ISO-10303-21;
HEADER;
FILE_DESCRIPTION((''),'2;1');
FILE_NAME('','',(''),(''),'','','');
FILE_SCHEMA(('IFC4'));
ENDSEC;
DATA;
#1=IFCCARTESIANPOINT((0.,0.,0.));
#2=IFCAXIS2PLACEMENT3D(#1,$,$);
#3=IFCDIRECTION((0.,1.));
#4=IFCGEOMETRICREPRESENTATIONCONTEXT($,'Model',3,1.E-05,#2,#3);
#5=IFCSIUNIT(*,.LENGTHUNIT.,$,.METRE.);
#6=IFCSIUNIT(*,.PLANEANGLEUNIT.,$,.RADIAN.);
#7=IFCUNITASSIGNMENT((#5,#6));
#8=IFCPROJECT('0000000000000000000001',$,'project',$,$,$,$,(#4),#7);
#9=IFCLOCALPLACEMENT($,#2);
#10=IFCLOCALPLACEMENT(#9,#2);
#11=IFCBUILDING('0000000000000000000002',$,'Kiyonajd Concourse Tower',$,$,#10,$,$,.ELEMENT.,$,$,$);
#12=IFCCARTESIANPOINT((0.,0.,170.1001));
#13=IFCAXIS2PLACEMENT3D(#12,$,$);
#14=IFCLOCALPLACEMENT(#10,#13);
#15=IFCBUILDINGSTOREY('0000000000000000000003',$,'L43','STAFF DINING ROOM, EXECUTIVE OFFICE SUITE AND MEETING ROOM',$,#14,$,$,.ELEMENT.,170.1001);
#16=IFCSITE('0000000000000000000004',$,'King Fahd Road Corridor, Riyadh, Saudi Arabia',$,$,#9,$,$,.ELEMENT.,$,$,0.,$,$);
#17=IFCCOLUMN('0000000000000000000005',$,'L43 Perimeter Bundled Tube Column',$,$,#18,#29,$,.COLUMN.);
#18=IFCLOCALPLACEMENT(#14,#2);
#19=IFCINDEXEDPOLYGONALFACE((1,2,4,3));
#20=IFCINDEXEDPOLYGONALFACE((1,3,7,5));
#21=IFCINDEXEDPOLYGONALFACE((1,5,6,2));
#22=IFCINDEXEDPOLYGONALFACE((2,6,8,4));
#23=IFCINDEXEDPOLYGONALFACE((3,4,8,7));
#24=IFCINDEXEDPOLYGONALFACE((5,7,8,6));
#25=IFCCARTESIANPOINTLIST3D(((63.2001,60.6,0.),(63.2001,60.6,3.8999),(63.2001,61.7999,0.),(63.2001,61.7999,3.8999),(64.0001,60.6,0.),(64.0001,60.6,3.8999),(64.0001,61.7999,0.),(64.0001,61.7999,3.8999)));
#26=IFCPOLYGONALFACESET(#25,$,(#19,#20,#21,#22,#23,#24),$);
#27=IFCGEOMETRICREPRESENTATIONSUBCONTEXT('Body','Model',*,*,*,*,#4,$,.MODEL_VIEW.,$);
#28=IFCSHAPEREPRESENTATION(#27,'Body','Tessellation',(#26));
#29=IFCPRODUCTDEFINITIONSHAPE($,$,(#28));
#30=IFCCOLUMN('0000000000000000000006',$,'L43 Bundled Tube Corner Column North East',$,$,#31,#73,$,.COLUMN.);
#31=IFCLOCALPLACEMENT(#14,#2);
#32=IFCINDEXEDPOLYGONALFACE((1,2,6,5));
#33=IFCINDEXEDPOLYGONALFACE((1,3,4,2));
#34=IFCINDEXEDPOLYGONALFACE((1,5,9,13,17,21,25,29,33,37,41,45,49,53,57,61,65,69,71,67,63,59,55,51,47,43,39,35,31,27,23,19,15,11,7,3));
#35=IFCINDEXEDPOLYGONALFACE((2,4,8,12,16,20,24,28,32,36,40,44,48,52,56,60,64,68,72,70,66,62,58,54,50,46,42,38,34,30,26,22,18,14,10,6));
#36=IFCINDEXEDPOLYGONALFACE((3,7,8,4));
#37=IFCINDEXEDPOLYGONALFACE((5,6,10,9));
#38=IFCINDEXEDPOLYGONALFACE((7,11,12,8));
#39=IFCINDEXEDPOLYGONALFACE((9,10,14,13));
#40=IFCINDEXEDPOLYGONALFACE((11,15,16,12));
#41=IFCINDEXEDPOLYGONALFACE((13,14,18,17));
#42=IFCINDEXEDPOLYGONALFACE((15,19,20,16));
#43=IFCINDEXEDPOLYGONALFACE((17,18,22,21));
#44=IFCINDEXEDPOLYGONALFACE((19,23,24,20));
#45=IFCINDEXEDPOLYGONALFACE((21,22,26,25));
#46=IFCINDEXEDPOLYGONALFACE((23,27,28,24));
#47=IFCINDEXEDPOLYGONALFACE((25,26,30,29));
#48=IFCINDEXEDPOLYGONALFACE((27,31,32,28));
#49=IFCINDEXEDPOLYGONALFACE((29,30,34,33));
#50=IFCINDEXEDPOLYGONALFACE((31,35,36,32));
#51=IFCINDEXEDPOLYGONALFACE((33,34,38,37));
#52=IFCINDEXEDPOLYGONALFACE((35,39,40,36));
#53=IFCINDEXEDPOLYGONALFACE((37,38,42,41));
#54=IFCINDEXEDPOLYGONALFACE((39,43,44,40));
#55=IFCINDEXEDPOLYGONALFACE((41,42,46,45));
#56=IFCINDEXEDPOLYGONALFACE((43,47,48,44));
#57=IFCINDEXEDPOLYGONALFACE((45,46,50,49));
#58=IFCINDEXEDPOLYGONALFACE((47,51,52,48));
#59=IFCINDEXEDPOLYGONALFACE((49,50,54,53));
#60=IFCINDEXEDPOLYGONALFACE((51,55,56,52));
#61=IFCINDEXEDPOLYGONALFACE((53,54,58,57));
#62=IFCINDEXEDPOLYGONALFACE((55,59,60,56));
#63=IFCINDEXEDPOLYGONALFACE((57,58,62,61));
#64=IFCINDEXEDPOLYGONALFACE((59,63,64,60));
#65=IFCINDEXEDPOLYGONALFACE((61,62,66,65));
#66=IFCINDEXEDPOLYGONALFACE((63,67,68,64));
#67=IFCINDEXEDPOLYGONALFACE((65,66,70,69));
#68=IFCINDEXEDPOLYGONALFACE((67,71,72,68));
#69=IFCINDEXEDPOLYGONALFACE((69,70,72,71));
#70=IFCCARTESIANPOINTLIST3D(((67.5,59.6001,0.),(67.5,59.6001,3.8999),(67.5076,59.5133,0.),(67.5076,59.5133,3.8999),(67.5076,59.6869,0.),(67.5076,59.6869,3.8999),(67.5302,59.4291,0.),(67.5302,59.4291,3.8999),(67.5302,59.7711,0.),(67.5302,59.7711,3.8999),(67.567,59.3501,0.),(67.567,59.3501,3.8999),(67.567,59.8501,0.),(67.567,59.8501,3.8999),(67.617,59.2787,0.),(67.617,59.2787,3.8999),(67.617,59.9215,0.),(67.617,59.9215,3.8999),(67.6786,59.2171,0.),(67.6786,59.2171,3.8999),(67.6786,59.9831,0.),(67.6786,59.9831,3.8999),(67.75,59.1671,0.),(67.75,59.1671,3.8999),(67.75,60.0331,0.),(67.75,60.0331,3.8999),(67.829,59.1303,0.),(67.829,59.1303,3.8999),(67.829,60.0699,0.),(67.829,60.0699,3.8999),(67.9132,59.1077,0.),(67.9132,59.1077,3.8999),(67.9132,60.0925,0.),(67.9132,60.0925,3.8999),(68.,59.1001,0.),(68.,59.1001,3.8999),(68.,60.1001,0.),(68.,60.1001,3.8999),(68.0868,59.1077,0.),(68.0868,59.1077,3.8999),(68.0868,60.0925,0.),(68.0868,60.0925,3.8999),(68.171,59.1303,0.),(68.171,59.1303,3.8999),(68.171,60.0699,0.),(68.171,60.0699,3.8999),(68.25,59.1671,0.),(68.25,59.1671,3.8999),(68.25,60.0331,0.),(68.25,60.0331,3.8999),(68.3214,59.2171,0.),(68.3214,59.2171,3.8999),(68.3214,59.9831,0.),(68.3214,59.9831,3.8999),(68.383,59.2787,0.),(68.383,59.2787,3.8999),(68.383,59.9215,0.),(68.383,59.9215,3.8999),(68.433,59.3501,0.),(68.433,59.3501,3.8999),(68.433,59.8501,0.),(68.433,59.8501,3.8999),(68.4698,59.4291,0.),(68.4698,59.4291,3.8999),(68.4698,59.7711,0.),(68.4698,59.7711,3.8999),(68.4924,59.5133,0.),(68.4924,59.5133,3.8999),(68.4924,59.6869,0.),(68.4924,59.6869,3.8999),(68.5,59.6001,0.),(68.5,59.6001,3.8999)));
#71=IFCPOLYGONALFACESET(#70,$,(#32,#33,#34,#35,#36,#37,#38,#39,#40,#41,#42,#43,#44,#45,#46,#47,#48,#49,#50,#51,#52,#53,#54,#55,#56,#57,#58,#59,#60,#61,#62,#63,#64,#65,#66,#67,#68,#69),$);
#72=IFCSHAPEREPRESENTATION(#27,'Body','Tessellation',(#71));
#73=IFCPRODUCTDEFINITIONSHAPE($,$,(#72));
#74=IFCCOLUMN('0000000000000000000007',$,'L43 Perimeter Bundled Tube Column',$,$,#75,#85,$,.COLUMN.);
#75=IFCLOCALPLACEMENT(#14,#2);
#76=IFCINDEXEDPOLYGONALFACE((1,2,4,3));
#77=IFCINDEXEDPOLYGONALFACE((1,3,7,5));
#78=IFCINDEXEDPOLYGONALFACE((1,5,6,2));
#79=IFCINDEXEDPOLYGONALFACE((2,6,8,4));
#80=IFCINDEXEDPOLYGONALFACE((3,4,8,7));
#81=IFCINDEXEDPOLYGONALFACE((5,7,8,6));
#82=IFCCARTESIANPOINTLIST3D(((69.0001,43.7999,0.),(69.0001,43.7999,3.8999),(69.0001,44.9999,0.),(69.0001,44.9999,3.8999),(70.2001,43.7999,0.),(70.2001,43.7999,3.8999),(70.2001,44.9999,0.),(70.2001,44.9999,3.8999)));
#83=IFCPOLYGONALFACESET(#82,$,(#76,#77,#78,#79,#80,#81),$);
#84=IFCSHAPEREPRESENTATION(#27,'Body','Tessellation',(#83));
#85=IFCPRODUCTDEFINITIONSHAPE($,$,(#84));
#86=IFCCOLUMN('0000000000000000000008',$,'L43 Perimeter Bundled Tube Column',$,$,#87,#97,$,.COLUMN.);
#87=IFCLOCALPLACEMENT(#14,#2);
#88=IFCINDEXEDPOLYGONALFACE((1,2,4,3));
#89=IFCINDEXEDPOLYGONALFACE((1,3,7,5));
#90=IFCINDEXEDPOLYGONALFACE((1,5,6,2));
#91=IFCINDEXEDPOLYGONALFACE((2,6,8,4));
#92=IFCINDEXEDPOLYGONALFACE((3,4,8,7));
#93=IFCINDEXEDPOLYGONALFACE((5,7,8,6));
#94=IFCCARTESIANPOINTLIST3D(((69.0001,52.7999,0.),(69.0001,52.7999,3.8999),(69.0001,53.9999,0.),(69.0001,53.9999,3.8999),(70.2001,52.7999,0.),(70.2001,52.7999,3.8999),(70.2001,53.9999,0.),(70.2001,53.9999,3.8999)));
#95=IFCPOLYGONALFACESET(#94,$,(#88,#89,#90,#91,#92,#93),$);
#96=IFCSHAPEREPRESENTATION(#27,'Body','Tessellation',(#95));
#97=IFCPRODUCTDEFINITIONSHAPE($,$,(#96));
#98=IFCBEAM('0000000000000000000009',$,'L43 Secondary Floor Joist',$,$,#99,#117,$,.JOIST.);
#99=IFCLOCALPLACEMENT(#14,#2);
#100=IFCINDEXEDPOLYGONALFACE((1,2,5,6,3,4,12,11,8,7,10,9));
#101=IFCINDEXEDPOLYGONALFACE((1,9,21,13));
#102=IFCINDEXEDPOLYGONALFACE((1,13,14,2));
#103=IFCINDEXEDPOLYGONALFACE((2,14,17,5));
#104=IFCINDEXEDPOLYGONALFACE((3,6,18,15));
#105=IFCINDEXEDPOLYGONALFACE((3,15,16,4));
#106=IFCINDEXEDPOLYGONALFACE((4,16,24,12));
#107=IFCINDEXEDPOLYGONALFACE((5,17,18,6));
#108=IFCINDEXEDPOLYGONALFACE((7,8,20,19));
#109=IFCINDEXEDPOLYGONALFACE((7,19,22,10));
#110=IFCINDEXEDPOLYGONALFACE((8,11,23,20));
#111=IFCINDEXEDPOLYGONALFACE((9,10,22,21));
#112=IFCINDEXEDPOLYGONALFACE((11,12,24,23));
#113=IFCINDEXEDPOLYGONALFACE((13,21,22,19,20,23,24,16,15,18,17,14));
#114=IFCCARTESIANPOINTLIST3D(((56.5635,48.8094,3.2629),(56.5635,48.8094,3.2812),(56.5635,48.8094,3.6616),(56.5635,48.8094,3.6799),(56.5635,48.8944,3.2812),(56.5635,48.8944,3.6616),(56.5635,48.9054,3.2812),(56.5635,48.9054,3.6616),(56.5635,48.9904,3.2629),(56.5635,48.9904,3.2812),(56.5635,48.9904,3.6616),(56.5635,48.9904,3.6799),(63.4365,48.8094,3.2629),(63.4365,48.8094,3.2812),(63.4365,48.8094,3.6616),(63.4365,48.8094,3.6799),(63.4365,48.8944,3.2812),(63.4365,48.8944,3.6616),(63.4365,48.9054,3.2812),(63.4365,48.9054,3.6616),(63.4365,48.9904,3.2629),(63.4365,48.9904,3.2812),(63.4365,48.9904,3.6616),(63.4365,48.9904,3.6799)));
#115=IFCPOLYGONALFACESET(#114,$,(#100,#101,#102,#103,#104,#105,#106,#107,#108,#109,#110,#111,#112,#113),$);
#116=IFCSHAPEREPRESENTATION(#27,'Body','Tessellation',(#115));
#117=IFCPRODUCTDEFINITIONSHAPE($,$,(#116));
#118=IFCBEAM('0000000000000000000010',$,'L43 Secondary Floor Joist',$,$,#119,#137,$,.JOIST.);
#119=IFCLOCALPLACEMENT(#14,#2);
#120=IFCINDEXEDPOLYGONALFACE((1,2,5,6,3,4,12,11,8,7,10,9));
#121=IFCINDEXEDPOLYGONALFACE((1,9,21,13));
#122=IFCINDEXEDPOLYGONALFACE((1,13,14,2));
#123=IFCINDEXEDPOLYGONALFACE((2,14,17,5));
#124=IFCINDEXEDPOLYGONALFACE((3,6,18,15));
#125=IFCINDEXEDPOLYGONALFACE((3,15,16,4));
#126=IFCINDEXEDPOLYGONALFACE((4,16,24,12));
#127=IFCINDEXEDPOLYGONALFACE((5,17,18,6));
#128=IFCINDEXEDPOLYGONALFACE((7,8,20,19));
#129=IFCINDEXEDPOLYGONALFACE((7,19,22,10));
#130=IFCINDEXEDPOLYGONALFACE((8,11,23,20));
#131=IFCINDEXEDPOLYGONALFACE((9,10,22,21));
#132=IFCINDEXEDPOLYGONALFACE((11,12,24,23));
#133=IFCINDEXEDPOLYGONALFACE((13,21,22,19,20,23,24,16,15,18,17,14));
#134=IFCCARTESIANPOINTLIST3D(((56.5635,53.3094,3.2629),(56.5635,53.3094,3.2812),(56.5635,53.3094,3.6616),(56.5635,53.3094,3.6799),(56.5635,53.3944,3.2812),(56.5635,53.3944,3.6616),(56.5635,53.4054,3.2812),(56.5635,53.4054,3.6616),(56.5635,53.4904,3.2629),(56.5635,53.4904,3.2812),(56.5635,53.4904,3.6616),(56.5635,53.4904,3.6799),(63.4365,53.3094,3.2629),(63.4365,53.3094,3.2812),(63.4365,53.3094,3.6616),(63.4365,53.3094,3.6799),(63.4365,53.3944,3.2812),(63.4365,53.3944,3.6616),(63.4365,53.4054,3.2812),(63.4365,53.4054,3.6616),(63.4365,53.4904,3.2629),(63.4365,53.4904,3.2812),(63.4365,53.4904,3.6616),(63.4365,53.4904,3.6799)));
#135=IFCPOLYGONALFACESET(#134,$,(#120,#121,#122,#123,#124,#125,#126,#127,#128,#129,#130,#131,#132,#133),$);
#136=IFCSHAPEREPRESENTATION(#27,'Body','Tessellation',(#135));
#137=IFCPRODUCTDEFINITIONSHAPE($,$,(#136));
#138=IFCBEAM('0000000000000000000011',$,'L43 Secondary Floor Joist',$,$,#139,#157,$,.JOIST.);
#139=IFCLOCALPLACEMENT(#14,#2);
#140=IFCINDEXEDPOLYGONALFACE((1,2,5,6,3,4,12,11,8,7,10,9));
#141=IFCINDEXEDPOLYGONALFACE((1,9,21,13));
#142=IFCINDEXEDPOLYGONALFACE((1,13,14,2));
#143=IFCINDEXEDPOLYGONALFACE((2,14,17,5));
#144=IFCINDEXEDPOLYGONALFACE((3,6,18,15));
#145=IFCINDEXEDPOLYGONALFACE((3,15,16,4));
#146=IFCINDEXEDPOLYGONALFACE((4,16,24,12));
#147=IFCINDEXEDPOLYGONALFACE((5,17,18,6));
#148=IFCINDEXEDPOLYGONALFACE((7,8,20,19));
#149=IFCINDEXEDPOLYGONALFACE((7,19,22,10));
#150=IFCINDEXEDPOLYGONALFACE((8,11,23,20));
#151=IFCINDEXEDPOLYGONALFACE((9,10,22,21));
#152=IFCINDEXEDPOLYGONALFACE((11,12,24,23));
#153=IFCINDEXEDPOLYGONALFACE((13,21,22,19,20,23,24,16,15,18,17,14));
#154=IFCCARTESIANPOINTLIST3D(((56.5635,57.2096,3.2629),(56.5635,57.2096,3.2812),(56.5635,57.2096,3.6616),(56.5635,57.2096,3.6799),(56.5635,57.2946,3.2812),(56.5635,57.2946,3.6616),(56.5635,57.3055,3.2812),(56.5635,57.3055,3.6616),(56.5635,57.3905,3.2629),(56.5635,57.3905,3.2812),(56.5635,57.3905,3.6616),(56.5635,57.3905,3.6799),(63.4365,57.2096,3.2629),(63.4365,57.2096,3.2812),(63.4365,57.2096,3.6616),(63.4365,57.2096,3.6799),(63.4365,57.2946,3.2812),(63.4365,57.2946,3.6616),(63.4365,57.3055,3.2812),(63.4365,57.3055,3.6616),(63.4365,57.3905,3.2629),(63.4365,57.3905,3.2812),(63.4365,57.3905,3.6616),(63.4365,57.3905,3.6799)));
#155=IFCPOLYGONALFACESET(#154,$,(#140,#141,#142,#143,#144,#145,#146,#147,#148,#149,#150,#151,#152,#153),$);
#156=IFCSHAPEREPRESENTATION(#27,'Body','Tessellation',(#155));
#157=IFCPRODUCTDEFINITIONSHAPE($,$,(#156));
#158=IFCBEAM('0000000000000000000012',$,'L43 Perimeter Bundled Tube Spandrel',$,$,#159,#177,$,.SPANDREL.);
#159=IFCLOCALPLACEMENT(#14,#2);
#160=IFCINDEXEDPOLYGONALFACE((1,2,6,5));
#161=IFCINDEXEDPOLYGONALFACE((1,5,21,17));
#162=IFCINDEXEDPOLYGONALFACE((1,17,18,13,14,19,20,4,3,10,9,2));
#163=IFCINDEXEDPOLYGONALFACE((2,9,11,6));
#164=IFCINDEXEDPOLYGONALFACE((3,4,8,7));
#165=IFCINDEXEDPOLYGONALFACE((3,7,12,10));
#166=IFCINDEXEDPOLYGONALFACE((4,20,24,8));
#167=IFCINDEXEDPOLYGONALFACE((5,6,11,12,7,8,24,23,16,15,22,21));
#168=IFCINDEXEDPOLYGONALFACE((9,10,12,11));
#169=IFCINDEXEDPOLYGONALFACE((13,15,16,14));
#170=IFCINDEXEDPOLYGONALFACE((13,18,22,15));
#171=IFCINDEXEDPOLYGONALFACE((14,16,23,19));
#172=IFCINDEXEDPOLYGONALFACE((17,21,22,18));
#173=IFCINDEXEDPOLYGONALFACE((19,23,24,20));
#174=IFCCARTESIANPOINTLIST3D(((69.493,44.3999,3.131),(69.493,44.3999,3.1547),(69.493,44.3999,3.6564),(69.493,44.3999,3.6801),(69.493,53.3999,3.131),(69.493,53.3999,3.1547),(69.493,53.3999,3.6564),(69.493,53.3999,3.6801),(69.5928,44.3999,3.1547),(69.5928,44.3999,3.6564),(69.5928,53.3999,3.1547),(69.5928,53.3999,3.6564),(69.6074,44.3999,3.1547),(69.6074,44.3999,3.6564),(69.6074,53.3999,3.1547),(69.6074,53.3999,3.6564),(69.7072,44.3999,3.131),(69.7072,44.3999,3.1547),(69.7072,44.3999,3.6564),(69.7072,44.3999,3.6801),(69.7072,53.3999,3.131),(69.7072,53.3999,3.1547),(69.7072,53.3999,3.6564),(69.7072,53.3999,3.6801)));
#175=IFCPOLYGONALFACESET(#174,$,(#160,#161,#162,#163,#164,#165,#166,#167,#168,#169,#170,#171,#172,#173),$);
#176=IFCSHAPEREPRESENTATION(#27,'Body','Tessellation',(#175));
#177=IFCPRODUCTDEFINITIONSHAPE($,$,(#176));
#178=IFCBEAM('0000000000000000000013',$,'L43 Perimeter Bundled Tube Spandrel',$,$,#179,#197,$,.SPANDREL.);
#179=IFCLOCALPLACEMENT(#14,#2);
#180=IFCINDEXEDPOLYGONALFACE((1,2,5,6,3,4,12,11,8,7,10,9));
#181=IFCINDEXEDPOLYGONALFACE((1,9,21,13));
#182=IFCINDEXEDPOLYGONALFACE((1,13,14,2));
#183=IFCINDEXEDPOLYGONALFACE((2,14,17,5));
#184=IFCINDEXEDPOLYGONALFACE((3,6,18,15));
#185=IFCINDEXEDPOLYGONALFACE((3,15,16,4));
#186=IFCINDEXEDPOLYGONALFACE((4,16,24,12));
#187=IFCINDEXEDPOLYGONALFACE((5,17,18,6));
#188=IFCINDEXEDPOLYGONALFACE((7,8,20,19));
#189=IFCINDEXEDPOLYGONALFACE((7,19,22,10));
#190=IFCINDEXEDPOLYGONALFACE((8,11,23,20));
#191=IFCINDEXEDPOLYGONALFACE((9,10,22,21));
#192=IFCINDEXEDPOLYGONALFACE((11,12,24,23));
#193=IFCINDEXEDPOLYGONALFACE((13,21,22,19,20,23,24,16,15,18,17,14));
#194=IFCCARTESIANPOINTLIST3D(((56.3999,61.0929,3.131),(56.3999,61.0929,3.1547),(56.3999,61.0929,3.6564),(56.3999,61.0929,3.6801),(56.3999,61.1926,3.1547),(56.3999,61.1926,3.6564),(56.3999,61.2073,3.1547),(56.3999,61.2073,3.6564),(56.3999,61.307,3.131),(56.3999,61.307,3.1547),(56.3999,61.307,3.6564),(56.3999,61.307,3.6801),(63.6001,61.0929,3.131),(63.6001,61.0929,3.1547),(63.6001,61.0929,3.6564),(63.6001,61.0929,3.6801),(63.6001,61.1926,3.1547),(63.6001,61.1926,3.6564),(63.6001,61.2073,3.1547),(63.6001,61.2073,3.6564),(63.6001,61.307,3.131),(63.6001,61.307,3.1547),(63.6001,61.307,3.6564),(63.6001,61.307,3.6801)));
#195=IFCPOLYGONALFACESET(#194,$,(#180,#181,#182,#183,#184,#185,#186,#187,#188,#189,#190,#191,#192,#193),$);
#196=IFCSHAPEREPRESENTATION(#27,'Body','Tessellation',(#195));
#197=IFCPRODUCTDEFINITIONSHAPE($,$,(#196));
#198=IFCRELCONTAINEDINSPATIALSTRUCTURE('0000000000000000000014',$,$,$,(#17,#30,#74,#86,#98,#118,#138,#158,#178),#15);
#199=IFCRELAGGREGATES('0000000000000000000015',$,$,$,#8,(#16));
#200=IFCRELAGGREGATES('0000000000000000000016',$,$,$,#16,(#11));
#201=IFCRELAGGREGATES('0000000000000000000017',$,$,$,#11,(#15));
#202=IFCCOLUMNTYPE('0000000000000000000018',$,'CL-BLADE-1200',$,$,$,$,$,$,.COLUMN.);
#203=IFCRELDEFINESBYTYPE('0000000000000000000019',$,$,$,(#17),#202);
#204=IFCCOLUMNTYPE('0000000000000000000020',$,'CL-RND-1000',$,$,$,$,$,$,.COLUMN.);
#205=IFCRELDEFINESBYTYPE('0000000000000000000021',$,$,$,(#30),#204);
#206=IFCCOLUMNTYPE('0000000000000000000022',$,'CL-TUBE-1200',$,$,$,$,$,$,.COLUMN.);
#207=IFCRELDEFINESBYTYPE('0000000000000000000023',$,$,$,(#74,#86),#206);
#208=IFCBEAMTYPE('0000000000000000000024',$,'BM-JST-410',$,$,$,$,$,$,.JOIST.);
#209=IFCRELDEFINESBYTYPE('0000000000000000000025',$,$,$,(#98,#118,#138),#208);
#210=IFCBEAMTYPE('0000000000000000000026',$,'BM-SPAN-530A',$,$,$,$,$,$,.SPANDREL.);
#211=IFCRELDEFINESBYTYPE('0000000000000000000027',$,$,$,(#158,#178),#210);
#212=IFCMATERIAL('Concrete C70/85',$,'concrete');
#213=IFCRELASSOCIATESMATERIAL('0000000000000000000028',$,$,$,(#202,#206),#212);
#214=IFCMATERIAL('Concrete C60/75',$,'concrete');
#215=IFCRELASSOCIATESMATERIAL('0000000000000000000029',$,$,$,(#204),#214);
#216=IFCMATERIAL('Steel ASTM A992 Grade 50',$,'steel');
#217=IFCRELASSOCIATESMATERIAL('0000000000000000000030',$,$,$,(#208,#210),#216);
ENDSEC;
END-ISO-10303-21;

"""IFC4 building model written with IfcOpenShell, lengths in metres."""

from ifc_helpers import new_model, si_unit, direction, frame, origin, origin_2d, place, context, subcontext, project, spatial, rectangle, circle, i_section, extrude, material, material_profile, profile_set, type_object, element, save


model = new_model("IFC4")

# Units and contexts
model_context = context("Model", 3, precision=1e-05, world=origin(), true_north=direction((0.0, 1.0)))
body_context = subcontext(model_context, "Body", "Model", "MODEL_VIEW")
ifc_project = project(units=[si_unit("LENGTHUNIT", "METRE"), si_unit("PLANEANGLEUNIT", "RADIAN")], contexts=[model_context])

# Site, building, storey
site_placement = place(None, origin())
site = spatial("IfcSite", under=ifc_project, at=site_placement, Name="King Fahd Road Corridor, Riyadh, Saudi Arabia", CompositionType="ELEMENT", RefElevation=0.0)
building_placement = place(site_placement, origin())
building = spatial("IfcBuilding", under=site, at=building_placement, Name="Kiyonajd Concourse Tower", CompositionType="ELEMENT")
storey_placement = place(building_placement, frame((0.0, 0.0, 170.1001)))
storey = spatial("IfcBuildingStorey", under=building, at=storey_placement, Name="L43", Description="STAFF DINING ROOM, EXECUTIVE OFFICE SUITE AND MEETING ROOM", CompositionType="ELEMENT", Elevation=170.1001)

# Columns
ifc_material_1 = material(Name="Concrete C70/85", Category="concrete")
ifc_material_profile_1 = material_profile(ifc_material_1, rectangle(XDim=0.8, YDim=1.2, at=origin_2d()), Name="RC-1200x800")
ifc_profile_set_1 = profile_set([ifc_material_profile_1], Name="Concrete C70/85")
column_type_1 = type_object("IfcColumnType", Name="CL-BLADE-1200", PredefinedType="COLUMN", material=ifc_profile_set_1)
column_1_placement = place(storey_placement, frame((63.6001, 61.2, 0.0), z_axis=(0.0, 0.0, 1.0), x_axis=(1.0, 0.0, 0.0)))
element("IfcColumn", 1, at=column_1_placement, inside=storey, type_object=column_type_1, Name="L43 Perimeter Bundled Tube Column", PredefinedType="COLUMN", context=body_context, shape_type="SweptSolid", body=[
    extrude(rectangle(XDim=0.8, YDim=1.2, at=origin_2d()), origin(), (0.0, 0.0, 1.0), 3.8999),
])
ifc_material_2 = material(Name="Concrete C60/75", Category="concrete")
ifc_material_profile_2 = material_profile(ifc_material_2, circle(Radius=0.5, at=origin_2d()), Name="RCC-D1000")
ifc_profile_set_2 = profile_set([ifc_material_profile_2], Name="Concrete C60/75")
column_type_2 = type_object("IfcColumnType", Name="CL-RND-1000", PredefinedType="COLUMN", material=ifc_profile_set_2)
column_2_placement = place(storey_placement, frame((68.0, 59.6001, 0.0), z_axis=(0.0, 0.0, 1.0), x_axis=(1.0, 0.0, 0.0)))
element("IfcColumn", 2, at=column_2_placement, inside=storey, type_object=column_type_2, Name="L43 Bundled Tube Corner Column North East", PredefinedType="COLUMN", context=body_context, shape_type="SweptSolid", body=[
    extrude(circle(Radius=0.5, at=origin_2d()), origin(), (0.0, 0.0, 1.0), 3.8999),
])
ifc_material_profile_3 = material_profile(ifc_material_1, rectangle(XDim=1.2, YDim=1.2, at=origin_2d()), Name="RC-1200x1200")
ifc_profile_set_3 = profile_set([ifc_material_profile_3], Name="Concrete C70/85")
column_type_3 = type_object("IfcColumnType", Name="CL-TUBE-1200", PredefinedType="COLUMN", material=ifc_profile_set_3)
for number, where, z_axis, x_axis, name in (
    (3, (69.6001, 44.3999, 0.0), (0.0, 0.0, 1.0), (1.0, 0.0, 0.0), "L43 Perimeter Bundled Tube Column"),
    (4, (69.6001, 53.3999, 0.0), (0.0, 0.0, 1.0), (1.0, 0.0, 0.0), "L43 Perimeter Bundled Tube Column"),
):
    element("IfcColumn", number, at=place(storey_placement, frame(where, z_axis=z_axis, x_axis=x_axis)), inside=storey, type_object=column_type_3, Name=name, PredefinedType="COLUMN", context=body_context, shape_type="SweptSolid", body=[
        extrude(rectangle(XDim=1.2, YDim=1.2, at=origin_2d()), origin(), (0.0, 0.0, 1.0), 3.8999),
    ])

# Beams
ifc_material_3 = material(Name="Steel ASTM A992 Grade 50", Category="steel")
ifc_material_profile_4 = material_profile(ifc_material_3, i_section(OverallWidth=0.1809, OverallDepth=0.417, WebThickness=0.011, FlangeThickness=0.0183, at=origin_2d()), Name="W410X85")
ifc_profile_set_4 = profile_set([ifc_material_profile_4], Name="Steel ASTM A992 Grade 50")
beam_type_1 = type_object("IfcBeamType", Name="BM-JST-410", PredefinedType="JOIST", material=ifc_profile_set_4)
for number, where, z_axis, x_axis, name in (
    (5, (56.5635, 48.8999, 3.4714), (1.0, 0.0, 0.0), (0.0, 1.0, 0.0), "L43 Secondary Floor Joist"),
    (6, (56.5635, 53.3999, 3.4714), (1.0, 0.0, 0.0), (0.0, 1.0, 0.0), "L43 Secondary Floor Joist"),
    (7, (56.5635, 57.3, 3.4714), (1.0, 0.0, 0.0), (0.0, 1.0, 0.0), "L43 Secondary Floor Joist"),
):
    element("IfcBeam", number, at=place(storey_placement, frame(where, z_axis=z_axis, x_axis=x_axis)), inside=storey, type_object=beam_type_1, Name=name, PredefinedType="JOIST", context=body_context, shape_type="SweptSolid", body=[
        extrude(i_section(OverallWidth=0.1809, OverallDepth=0.417, WebThickness=0.011, FlangeThickness=0.0183, at=origin_2d()), origin(), (0.0, 0.0, 1.0), 6.873),
    ])
ifc_material_profile_5 = material_profile(ifc_material_3, i_section(OverallWidth=0.2141, OverallDepth=0.5491, WebThickness=0.0146, FlangeThickness=0.0237, at=origin_2d()), Name="W530X138")
ifc_profile_set_5 = profile_set([ifc_material_profile_5], Name="Steel ASTM A992 Grade 50")
beam_type_2 = type_object("IfcBeamType", Name="BM-SPAN-530A", PredefinedType="SPANDREL", material=ifc_profile_set_5)
beam_1_placement = place(storey_placement, frame((69.6001, 44.3999, 3.4055), z_axis=(0.0, 1.0, 0.0), x_axis=(-1.0, 0.0, 0.0)))
element("IfcBeam", 8, at=beam_1_placement, inside=storey, type_object=beam_type_2, Name="L43 Perimeter Bundled Tube Spandrel", PredefinedType="SPANDREL", context=body_context, shape_type="SweptSolid", body=[
    extrude(i_section(OverallWidth=0.2141, OverallDepth=0.5491, WebThickness=0.0146, FlangeThickness=0.0237, at=origin_2d()), origin(), (0.0, 0.0, 1.0), 9.0),
])
beam_2_placement = place(storey_placement, frame((63.6001, 61.2, 3.4055), z_axis=(-1.0, 0.0, 0.0), x_axis=(0.0, -1.0, 0.0)))
element("IfcBeam", 9, at=beam_2_placement, inside=storey, type_object=beam_type_2, Name="L43 Perimeter Bundled Tube Spandrel", PredefinedType="SPANDREL", context=body_context, shape_type="SweptSolid", body=[
    extrude(i_section(OverallWidth=0.2141, OverallDepth=0.5491, WebThickness=0.0146, FlangeThickness=0.0237, at=origin_2d()), origin(), (0.0, 0.0, 1.0), 7.2002),
])

save(model, "model.ifc")
